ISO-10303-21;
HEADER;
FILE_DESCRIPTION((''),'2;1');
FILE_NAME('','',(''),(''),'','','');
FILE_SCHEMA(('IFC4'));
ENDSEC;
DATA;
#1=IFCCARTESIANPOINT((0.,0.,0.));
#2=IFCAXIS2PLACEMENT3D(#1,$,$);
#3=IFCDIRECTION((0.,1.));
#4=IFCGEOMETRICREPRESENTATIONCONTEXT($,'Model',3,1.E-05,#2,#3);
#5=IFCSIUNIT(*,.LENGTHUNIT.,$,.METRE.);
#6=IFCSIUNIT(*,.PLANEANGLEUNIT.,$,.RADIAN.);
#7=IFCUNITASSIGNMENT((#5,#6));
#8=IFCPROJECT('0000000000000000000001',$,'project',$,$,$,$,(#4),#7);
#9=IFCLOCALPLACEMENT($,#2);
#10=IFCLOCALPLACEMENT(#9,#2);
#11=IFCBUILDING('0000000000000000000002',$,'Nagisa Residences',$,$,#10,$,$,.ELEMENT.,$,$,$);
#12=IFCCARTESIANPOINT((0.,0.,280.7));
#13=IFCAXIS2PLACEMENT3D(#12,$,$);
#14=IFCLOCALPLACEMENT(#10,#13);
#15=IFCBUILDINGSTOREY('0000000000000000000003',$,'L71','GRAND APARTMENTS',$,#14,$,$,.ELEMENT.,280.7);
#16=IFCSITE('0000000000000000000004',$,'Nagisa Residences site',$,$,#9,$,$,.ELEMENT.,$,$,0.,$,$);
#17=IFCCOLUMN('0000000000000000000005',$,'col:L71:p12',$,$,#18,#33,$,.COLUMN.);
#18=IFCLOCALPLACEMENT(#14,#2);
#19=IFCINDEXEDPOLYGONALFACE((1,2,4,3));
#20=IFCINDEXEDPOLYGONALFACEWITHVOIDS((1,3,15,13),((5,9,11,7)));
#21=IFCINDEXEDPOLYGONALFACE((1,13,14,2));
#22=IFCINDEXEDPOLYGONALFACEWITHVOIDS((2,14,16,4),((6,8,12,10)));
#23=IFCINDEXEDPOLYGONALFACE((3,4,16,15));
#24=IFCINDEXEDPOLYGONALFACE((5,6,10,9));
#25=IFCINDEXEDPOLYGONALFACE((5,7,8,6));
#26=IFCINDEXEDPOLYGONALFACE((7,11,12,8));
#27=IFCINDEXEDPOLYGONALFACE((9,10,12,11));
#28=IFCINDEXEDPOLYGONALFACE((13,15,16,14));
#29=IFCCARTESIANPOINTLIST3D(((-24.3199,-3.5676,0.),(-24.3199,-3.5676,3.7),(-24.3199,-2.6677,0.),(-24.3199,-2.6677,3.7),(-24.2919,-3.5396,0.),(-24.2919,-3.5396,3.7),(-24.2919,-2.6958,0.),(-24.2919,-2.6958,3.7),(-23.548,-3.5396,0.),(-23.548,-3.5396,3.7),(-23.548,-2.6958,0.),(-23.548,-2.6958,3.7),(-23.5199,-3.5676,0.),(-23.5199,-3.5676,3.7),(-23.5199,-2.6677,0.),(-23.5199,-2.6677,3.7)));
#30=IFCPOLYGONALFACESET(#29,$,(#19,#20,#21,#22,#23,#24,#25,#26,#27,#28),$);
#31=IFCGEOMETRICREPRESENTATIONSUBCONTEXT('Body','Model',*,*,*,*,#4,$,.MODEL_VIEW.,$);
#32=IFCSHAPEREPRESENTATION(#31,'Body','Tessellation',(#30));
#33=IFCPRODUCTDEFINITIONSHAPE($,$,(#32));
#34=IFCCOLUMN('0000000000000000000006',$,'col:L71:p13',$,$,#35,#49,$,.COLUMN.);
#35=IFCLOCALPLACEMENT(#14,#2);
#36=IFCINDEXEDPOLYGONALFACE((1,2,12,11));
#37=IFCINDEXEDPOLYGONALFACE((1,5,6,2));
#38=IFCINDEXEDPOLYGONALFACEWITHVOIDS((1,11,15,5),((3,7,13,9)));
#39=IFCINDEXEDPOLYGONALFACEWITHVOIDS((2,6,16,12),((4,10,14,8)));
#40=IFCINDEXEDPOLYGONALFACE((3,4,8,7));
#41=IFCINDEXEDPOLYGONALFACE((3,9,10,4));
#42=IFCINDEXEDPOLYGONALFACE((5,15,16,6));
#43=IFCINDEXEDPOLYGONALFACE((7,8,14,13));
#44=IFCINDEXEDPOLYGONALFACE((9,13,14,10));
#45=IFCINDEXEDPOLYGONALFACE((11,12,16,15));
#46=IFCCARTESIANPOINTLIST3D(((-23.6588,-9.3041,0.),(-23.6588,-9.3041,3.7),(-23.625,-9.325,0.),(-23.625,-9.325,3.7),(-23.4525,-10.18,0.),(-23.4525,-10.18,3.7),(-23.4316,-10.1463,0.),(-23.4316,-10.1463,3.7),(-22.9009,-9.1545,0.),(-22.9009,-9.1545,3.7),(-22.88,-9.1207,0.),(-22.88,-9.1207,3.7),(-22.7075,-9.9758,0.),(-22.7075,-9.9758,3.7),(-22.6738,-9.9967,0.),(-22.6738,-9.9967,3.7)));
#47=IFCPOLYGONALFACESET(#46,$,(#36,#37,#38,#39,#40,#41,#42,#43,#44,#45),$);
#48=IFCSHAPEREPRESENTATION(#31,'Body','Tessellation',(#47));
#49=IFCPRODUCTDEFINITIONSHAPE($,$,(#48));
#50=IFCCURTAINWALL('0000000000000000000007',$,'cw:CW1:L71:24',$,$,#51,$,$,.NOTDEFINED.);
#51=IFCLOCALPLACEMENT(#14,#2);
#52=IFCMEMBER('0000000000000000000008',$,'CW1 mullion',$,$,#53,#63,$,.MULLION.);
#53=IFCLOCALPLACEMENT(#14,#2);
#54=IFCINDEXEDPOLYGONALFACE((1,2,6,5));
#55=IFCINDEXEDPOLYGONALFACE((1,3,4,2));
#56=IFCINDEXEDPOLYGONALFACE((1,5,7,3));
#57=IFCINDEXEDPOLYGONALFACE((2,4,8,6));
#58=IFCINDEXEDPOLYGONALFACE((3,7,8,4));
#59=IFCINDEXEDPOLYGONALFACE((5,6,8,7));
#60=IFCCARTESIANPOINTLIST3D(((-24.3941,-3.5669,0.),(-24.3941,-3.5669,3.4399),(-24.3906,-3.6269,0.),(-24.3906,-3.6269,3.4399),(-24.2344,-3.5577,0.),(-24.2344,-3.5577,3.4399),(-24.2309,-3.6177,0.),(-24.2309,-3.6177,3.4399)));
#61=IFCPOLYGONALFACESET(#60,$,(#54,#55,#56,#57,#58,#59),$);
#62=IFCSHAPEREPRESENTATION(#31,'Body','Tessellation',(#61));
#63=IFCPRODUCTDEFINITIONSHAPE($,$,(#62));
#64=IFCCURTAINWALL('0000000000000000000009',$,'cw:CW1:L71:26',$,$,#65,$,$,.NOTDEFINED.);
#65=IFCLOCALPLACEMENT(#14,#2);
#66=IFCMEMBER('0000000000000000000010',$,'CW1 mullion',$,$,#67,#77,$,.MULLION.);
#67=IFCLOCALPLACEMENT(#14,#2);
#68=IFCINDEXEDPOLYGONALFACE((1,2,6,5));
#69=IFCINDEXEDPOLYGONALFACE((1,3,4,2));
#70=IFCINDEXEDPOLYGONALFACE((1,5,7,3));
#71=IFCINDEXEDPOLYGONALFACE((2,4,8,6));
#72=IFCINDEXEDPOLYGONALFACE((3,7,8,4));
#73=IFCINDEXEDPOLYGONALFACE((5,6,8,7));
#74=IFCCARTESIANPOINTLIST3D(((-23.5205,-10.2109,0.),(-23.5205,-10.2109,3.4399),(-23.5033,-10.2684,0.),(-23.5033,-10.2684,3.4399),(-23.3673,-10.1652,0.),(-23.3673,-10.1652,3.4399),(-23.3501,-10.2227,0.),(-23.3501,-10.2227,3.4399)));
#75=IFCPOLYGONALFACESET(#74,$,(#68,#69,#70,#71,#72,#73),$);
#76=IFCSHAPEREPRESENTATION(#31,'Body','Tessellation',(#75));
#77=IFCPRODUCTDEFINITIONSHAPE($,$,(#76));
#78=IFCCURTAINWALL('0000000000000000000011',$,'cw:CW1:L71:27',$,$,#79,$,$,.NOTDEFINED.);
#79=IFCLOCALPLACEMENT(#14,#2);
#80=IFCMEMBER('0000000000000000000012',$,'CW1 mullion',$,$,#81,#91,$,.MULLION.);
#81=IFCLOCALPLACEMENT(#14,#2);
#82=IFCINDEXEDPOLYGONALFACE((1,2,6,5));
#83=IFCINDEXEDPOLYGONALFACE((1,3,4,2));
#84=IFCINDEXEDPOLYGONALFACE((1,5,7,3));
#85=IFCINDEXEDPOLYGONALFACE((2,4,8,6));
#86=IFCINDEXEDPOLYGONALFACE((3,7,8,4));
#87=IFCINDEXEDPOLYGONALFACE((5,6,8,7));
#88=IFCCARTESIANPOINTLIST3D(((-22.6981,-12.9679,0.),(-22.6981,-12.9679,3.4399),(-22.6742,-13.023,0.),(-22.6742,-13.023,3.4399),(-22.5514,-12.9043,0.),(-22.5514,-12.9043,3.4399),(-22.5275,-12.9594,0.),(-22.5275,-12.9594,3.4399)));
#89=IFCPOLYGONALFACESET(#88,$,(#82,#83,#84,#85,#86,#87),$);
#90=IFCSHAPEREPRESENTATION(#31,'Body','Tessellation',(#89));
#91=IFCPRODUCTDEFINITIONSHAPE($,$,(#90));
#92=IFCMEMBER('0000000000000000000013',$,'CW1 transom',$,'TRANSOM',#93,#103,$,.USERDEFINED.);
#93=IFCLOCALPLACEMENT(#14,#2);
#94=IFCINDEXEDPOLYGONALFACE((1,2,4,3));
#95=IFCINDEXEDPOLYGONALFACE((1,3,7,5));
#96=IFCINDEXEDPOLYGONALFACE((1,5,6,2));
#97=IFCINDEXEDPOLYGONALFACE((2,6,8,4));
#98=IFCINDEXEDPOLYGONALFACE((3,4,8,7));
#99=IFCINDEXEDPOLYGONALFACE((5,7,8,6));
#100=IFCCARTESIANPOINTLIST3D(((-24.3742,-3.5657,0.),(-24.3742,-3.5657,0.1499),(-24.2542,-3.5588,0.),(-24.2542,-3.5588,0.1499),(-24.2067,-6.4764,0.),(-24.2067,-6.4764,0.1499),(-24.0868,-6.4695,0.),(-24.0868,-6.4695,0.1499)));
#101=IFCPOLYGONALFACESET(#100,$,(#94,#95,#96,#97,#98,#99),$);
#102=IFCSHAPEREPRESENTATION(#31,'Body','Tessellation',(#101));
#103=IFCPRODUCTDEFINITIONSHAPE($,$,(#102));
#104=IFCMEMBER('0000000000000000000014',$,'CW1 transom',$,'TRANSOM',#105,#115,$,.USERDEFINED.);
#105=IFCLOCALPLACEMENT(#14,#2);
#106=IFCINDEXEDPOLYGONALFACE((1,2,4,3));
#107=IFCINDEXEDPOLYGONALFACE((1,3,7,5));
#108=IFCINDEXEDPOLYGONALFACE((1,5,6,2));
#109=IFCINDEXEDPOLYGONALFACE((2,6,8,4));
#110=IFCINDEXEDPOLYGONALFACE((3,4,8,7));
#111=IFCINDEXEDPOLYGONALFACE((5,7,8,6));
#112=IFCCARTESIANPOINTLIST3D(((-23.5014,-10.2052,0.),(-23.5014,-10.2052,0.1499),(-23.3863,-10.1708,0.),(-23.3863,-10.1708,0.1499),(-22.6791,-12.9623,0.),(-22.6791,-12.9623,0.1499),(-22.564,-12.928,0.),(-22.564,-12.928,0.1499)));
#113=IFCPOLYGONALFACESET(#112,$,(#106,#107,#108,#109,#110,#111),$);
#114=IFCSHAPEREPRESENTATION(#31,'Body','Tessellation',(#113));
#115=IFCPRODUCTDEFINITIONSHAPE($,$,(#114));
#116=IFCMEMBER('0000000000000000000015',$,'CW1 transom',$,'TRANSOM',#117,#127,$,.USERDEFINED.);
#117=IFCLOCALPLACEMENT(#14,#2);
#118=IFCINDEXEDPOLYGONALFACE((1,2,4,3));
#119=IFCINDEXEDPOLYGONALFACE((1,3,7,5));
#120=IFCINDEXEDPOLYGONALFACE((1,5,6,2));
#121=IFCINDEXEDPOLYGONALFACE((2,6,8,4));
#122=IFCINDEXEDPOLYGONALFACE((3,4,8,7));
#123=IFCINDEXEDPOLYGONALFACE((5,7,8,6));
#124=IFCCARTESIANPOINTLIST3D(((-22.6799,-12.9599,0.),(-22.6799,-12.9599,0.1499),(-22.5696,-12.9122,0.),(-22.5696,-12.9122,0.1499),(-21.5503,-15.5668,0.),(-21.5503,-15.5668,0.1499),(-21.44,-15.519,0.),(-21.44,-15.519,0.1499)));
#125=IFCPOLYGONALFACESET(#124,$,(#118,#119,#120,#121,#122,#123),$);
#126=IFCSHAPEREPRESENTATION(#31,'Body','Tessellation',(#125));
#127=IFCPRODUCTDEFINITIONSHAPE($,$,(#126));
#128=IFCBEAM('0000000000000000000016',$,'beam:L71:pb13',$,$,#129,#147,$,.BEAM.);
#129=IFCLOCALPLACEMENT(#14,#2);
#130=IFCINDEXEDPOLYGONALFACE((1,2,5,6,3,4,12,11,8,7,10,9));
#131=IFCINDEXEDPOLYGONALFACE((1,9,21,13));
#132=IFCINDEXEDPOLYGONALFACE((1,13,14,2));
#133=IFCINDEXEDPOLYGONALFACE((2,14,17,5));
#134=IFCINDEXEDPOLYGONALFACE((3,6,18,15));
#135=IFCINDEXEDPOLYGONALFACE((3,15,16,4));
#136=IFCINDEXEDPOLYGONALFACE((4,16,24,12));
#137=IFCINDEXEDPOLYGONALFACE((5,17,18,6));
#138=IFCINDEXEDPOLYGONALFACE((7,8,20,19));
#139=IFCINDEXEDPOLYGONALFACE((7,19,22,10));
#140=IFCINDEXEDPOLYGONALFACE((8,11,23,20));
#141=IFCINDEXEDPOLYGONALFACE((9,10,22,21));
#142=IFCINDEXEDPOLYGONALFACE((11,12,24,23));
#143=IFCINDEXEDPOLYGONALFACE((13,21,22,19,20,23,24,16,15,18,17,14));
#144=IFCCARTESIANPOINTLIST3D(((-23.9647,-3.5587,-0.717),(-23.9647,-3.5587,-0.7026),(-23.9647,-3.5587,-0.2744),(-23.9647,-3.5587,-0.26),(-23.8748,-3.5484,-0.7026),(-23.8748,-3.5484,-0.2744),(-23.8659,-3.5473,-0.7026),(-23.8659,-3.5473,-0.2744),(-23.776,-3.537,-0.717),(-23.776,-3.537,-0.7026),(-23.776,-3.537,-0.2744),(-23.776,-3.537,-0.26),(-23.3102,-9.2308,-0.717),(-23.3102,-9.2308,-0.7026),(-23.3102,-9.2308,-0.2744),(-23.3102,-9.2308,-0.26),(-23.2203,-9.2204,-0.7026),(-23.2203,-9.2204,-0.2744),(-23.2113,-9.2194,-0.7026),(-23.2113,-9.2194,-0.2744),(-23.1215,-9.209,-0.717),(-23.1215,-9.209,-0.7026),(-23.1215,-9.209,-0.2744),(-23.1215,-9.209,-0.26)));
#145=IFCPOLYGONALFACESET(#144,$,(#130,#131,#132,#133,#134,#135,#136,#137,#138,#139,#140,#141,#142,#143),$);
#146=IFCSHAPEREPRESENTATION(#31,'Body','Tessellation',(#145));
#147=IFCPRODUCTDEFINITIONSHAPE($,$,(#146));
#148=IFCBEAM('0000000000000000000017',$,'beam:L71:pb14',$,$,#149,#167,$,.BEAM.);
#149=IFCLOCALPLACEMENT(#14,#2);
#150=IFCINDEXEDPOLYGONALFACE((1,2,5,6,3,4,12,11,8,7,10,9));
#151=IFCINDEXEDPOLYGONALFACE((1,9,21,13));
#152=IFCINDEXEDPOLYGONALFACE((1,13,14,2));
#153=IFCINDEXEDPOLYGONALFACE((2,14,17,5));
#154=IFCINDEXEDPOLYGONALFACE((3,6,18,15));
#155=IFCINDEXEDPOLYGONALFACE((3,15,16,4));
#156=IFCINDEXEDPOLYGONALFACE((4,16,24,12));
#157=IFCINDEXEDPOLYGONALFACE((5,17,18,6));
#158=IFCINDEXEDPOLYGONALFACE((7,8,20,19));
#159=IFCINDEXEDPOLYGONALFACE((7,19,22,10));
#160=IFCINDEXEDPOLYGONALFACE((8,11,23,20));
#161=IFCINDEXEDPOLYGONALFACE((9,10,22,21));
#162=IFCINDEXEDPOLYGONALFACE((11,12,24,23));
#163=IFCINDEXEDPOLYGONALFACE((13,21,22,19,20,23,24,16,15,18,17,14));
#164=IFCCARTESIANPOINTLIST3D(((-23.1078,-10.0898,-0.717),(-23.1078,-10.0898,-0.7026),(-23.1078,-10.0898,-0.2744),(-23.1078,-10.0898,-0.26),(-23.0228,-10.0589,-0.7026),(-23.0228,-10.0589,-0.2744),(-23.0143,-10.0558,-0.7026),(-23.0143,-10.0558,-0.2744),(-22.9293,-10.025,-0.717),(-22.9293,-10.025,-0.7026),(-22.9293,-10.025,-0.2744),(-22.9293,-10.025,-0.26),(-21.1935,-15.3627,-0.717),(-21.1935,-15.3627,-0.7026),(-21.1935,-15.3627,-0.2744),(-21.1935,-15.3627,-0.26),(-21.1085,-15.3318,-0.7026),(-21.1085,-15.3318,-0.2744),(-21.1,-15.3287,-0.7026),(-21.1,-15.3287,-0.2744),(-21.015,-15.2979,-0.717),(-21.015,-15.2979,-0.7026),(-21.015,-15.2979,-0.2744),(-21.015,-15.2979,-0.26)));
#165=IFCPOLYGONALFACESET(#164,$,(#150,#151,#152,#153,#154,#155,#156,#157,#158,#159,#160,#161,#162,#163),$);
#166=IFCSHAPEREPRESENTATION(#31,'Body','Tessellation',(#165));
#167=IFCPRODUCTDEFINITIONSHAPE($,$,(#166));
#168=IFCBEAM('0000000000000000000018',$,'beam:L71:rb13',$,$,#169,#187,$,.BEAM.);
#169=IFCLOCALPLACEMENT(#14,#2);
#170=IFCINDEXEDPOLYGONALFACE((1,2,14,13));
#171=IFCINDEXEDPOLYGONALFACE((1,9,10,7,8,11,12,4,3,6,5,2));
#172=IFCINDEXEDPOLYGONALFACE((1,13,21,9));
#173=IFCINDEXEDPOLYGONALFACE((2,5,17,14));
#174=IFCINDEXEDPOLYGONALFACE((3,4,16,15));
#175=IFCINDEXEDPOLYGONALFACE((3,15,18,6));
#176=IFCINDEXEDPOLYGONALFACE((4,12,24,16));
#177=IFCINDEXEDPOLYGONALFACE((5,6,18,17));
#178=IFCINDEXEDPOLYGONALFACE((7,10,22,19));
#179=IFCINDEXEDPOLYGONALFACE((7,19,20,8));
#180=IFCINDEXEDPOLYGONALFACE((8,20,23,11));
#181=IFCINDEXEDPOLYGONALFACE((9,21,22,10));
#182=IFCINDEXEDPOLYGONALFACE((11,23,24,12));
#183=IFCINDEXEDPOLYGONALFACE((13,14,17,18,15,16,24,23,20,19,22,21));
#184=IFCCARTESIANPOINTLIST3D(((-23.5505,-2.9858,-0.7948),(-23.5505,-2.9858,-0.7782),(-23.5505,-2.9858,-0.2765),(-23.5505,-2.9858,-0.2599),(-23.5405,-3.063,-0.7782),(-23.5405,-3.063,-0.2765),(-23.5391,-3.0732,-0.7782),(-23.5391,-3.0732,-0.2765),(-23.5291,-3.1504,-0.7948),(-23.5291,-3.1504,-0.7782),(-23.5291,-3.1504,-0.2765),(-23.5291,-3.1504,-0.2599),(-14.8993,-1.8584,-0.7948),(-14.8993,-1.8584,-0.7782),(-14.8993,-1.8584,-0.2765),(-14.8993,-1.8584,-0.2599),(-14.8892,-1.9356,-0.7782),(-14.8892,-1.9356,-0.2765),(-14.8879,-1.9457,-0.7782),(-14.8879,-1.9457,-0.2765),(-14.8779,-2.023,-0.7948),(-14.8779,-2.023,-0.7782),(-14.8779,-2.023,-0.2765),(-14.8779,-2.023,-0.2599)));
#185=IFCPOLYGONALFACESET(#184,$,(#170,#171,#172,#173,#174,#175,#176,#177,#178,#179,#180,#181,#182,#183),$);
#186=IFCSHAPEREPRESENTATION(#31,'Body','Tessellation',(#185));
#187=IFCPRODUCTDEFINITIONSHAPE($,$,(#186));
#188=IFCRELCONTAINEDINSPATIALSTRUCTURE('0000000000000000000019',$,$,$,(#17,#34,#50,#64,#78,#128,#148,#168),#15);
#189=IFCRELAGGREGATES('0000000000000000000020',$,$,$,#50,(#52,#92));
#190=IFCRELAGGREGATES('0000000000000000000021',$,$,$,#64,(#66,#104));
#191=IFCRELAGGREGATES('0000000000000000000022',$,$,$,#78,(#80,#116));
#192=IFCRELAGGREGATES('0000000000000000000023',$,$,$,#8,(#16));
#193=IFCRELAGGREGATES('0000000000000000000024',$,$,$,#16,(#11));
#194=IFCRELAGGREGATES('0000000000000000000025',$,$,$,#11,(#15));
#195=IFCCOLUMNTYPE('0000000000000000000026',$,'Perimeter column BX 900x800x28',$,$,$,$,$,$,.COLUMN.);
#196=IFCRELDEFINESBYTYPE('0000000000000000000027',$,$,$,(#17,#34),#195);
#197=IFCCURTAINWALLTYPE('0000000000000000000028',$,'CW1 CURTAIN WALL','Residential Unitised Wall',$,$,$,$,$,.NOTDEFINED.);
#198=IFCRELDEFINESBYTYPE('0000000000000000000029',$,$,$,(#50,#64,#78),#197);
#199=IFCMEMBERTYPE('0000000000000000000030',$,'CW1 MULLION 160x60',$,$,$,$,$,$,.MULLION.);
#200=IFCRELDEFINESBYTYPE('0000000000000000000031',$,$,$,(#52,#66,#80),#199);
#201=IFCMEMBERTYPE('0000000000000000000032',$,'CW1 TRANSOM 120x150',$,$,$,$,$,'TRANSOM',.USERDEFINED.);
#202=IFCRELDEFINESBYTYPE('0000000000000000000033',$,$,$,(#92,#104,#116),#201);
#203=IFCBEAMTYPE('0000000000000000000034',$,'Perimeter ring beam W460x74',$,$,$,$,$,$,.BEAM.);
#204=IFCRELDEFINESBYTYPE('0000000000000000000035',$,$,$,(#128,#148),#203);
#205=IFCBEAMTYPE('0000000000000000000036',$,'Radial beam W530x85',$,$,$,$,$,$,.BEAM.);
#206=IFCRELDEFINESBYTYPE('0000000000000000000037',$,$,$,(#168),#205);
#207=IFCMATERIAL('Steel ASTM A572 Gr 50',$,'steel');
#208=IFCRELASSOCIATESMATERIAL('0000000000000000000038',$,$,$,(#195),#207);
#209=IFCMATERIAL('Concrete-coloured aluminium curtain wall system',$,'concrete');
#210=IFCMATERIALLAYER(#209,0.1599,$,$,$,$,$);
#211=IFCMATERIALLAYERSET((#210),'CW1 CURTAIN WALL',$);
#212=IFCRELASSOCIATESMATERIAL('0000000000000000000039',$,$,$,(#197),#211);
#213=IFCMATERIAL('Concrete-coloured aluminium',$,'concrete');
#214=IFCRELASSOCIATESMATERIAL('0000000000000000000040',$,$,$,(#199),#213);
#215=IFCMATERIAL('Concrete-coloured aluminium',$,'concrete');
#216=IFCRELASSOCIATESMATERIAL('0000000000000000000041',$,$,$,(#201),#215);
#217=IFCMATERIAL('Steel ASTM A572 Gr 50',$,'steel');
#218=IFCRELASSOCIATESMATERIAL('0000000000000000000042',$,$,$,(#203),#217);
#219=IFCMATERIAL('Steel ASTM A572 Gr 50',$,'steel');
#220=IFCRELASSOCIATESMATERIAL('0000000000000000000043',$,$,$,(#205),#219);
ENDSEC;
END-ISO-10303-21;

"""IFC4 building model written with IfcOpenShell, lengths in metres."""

from ifc_helpers import new_model, si_unit, direction, frame, origin, origin_2d, place, context, subcontext, project, spatial, rectangle, hollow_rectangle, i_section, extrude, material, layer, layer_set, material_profile, profile_set, type_object, element, aggregate, save


model = new_model("IFC4")

# Units and contexts
model_context = context("Model", 3, precision=1e-05, world=origin(), true_north=direction((0.0, 1.0)))
body_context = subcontext(model_context, "Body", "Model", "MODEL_VIEW")
ifc_project = project(units=[si_unit("LENGTHUNIT", "METRE"), si_unit("PLANEANGLEUNIT", "RADIAN")], contexts=[model_context])

# Site, building, storey
site_placement = place(None, origin())
site = spatial("IfcSite", under=ifc_project, at=site_placement, Name="Nagisa Residences site", CompositionType="ELEMENT", RefElevation=0.0)
building_placement = place(site_placement, origin())
building = spatial("IfcBuilding", under=site, at=building_placement, Name="Nagisa Residences", CompositionType="ELEMENT")
storey_placement = place(building_placement, frame((0.0, 0.0, 280.7)))
storey = spatial("IfcBuildingStorey", under=building, at=storey_placement, Name="L71", Description="GRAND APARTMENTS", CompositionType="ELEMENT", Elevation=280.7)

# Columns
ifc_material_1 = material(Name="Steel ASTM A572 Gr 50", Category="steel")
ifc_material_profile_1 = material_profile(ifc_material_1, hollow_rectangle(XDim=0.8999, YDim=0.8, WallThickness=0.0281, at=origin_2d()), Name="BX 900x800x28")
ifc_profile_set_1 = profile_set([ifc_material_profile_1], Name="Steel ASTM A572 Gr 50")
column_type = type_object("IfcColumnType", Name="Perimeter column BX 900x800x28", PredefinedType="COLUMN", material=ifc_profile_set_1)
for number, where, z_axis, x_axis, name in (
    (1, (-23.9199, -3.1177, 0.0), (0.0, 0.0, 1.0), (0.0, -1.0, 0.0), "col:L71:p12"),
    (2, (-23.1663, -9.6504, 0.0), (0.0, 0.0, 1.0), (0.229202, -0.973379, 0.0), "col:L71:p13"),
):
    element("IfcColumn", number, at=place(storey_placement, frame(where, z_axis=z_axis, x_axis=x_axis)), inside=storey, type_object=column_type, Name=name, PredefinedType="COLUMN", context=body_context, shape_type="SweptSolid", body=[
        extrude(hollow_rectangle(XDim=0.8999, YDim=0.8, WallThickness=0.0281, at=origin_2d()), origin(), (0.0, 0.0, 1.0), 3.7),
    ])

# Curtain walls, members
ifc_material_2 = material(Name="Concrete-coloured aluminium curtain wall system", Category="concrete")
ifc_layer_1 = layer(ifc_material_2, 0.1599)
ifc_layer_set_1 = layer_set([ifc_layer_1], Name="CW1 CURTAIN WALL")
curtain_wall_type = type_object("IfcCurtainWallType", Name="CW1 CURTAIN WALL", Description="Residential Unitised Wall", PredefinedType="NOTDEFINED", material=ifc_layer_set_1)
curtain_wall_1_placement = place(storey_placement, origin())
curtain_wall_1 = element("IfcCurtainWall", 3, at=curtain_wall_1_placement, inside=storey, type_object=curtain_wall_type, Name="cw:CW1:L71:24", PredefinedType="NOTDEFINED")
ifc_material_3 = material(Name="Concrete-coloured aluminium", Category="concrete")
ifc_material_profile_2 = material_profile(ifc_material_3, rectangle(XDim=0.1599, YDim=0.0601, at=origin_2d()), Name="CW1 MULLION 160x60")
ifc_profile_set_2 = profile_set([ifc_material_profile_2], Name="Concrete-coloured aluminium")
member_type_1 = type_object("IfcMemberType", Name="CW1 MULLION 160x60", PredefinedType="MULLION", material=ifc_profile_set_2)
member_1_placement = place(storey_placement, frame((-24.3125, -3.5923, 0.0), z_axis=(0.0, 0.0, 1.0), x_axis=(0.998345, 0.057503, 0.0)))
member_1 = element("IfcMember", 4, at=member_1_placement, type_object=member_type_1, Name="CW1 mullion", PredefinedType="MULLION", context=body_context, shape_type="SweptSolid", body=[
    extrude(rectangle(XDim=0.1599, YDim=0.0601, at=origin_2d()), origin(), (0.0, 0.0, 1.0), 3.4399),
])
curtain_wall_2_placement = place(storey_placement, origin())
curtain_wall_2 = element("IfcCurtainWall", 5, at=curtain_wall_2_placement, inside=storey, type_object=curtain_wall_type, Name="cw:CW1:L71:26", PredefinedType="NOTDEFINED")
member_2_placement = place(storey_placement, frame((-23.4353, -10.2168, 0.0), z_axis=(0.0, 0.0, 1.0), x_axis=(0.958271, 0.28586, 0.0)))
member_2 = element("IfcMember", 6, at=member_2_placement, type_object=member_type_1, Name="CW1 mullion", PredefinedType="MULLION", context=body_context, shape_type="SweptSolid", body=[
    extrude(rectangle(XDim=0.1599, YDim=0.0601, at=origin_2d()), origin(), (0.0, 0.0, 1.0), 3.4399),
])
curtain_wall_3_placement = place(storey_placement, origin())
curtain_wall_3 = element("IfcCurtainWall", 7, at=curtain_wall_3_placement, inside=storey, type_object=curtain_wall_type, Name="cw:CW1:L71:27", PredefinedType="NOTDEFINED")
member_3_placement = place(storey_placement, frame((-22.6128, -12.9636, 0.0), z_axis=(0.0, 0.0, 1.0), x_axis=(0.917543, 0.397636, 0.0)))
member_3 = element("IfcMember", 8, at=member_3_placement, type_object=member_type_1, Name="CW1 mullion", PredefinedType="MULLION", context=body_context, shape_type="SweptSolid", body=[
    extrude(rectangle(XDim=0.1599, YDim=0.0601, at=origin_2d()), origin(), (0.0, 0.0, 1.0), 3.4399),
])

# Members
ifc_material_4 = material(Name="Concrete-coloured aluminium", Category="concrete")
ifc_material_profile_3 = material_profile(ifc_material_4, rectangle(XDim=0.1201, YDim=0.1499, at=origin_2d()), Name="CW1 TRANSOM 120x150")
ifc_profile_set_3 = profile_set([ifc_material_profile_3], Name="Concrete-coloured aluminium")
member_type_2 = type_object("IfcMemberType", Name="CW1 TRANSOM 120x150", ElementType="TRANSOM", PredefinedType="USERDEFINED", material=ifc_profile_set_3)
member_4_placement = place(storey_placement, frame((-24.3142, -3.5623, 0.075), z_axis=(0.057446, -0.998349, 0.0), x_axis=(0.998349, 0.057446, 0.0)))
member_4 = element("IfcMember", 9, at=member_4_placement, type_object=member_type_2, Name="CW1 transom", ObjectType="TRANSOM", PredefinedType="USERDEFINED", context=body_context, shape_type="SweptSolid", body=[
    extrude(rectangle(XDim=0.1201, YDim=0.1499, at=origin_2d()), origin(), (0.0, 0.0, 1.0), 2.9155),
])
member_5_placement = place(storey_placement, frame((-23.4438, -10.188, 0.075), z_axis=(0.285798, -0.95829, 0.0), x_axis=(0.95829, 0.285798, 0.0)))
member_5 = element("IfcMember", 10, at=member_5_placement, type_object=member_type_2, Name="CW1 transom", ObjectType="TRANSOM", PredefinedType="USERDEFINED", context=body_context, shape_type="SweptSolid", body=[
    extrude(rectangle(XDim=0.1201, YDim=0.1499, at=origin_2d()), origin(), (0.0, 0.0, 1.0), 2.8772),
])
member_6_placement = place(storey_placement, frame((-22.6248, -12.936, 0.075), z_axis=(0.397598, -0.91756, 0.0), x_axis=(0.91756, 0.397598, 0.0)))
member_6 = element("IfcMember", 11, at=member_6_placement, type_object=member_type_2, Name="CW1 transom", ObjectType="TRANSOM", PredefinedType="USERDEFINED", context=body_context, shape_type="SweptSolid", body=[
    extrude(rectangle(XDim=0.1201, YDim=0.1499, at=origin_2d()), origin(), (0.0, 0.0, 1.0), 2.8411),
])

# Beams
ifc_material_5 = material(Name="Steel ASTM A572 Gr 50", Category="steel")
ifc_material_profile_4 = material_profile(ifc_material_5, i_section(OverallWidth=0.1899, OverallDepth=0.457, WebThickness=0.009, FlangeThickness=0.0144, at=origin_2d()), Name="W460x74")
ifc_profile_set_4 = profile_set([ifc_material_profile_4], Name="Steel ASTM A572 Gr 50")
beam_type_1 = type_object("IfcBeamType", Name="Perimeter ring beam W460x74", PredefinedType="BEAM", material=ifc_profile_set_4)
beam_1_placement = place(storey_placement, frame((-23.8704, -3.5479, -0.4885), z_axis=(0.114635, -0.993408, 0.0), x_axis=(0.993408, 0.114635, 0.0)))
element("IfcBeam", 12, at=beam_1_placement, inside=storey, type_object=beam_type_1, Name="beam:L71:pb13", PredefinedType="BEAM", context=body_context, shape_type="SweptSolid", body=[
    extrude(i_section(OverallWidth=0.1899, OverallDepth=0.457, WebThickness=0.009, FlangeThickness=0.0144, at=origin_2d()), origin(), (0.0, 0.0, 1.0), 5.7097),
])
beam_2_placement = place(storey_placement, frame((-23.0186, -10.0574, -0.4885), z_axis=(0.34125, -0.939972, 0.0), x_axis=(0.939972, 0.34125, 0.0)))
element("IfcBeam", 13, at=beam_2_placement, inside=storey, type_object=beam_type_1, Name="beam:L71:pb14", PredefinedType="BEAM", context=body_context, shape_type="SweptSolid", body=[
    extrude(i_section(OverallWidth=0.1899, OverallDepth=0.457, WebThickness=0.009, FlangeThickness=0.0144, at=origin_2d()), origin(), (0.0, 0.0, 1.0), 5.6096),
])
ifc_material_6 = material(Name="Steel ASTM A572 Gr 50", Category="steel")
ifc_material_profile_5 = material_profile(ifc_material_6, i_section(OverallWidth=0.166, OverallDepth=0.5349, WebThickness=0.0103, FlangeThickness=0.0166, at=origin_2d()), Name="W530x85")
ifc_profile_set_5 = profile_set([ifc_material_profile_5], Name="Steel ASTM A572 Gr 50")
beam_type_2 = type_object("IfcBeamType", Name="Radial beam W530x85", PredefinedType="BEAM", material=ifc_profile_set_5)
beam_3_placement = place(storey_placement, frame((-23.5398, -3.0681, -0.5273), z_axis=(0.991615, 0.12923, 0.0), x_axis=(-0.12923, 0.991615, 0.0)))
element("IfcBeam", 14, at=beam_3_placement, inside=storey, type_object=beam_type_2, Name="beam:L71:rb13", PredefinedType="BEAM", context=body_context, shape_type="SweptSolid", body=[
    extrude(i_section(OverallWidth=0.166, OverallDepth=0.5349, WebThickness=0.0103, FlangeThickness=0.0166, at=origin_2d()), origin(), (0.0, 0.0, 1.0), 8.7244),
])

aggregate(curtain_wall_1, [member_1, member_4])
aggregate(curtain_wall_2, [member_2, member_5])
aggregate(curtain_wall_3, [member_3, member_6])

save(model, "model.ifc")
